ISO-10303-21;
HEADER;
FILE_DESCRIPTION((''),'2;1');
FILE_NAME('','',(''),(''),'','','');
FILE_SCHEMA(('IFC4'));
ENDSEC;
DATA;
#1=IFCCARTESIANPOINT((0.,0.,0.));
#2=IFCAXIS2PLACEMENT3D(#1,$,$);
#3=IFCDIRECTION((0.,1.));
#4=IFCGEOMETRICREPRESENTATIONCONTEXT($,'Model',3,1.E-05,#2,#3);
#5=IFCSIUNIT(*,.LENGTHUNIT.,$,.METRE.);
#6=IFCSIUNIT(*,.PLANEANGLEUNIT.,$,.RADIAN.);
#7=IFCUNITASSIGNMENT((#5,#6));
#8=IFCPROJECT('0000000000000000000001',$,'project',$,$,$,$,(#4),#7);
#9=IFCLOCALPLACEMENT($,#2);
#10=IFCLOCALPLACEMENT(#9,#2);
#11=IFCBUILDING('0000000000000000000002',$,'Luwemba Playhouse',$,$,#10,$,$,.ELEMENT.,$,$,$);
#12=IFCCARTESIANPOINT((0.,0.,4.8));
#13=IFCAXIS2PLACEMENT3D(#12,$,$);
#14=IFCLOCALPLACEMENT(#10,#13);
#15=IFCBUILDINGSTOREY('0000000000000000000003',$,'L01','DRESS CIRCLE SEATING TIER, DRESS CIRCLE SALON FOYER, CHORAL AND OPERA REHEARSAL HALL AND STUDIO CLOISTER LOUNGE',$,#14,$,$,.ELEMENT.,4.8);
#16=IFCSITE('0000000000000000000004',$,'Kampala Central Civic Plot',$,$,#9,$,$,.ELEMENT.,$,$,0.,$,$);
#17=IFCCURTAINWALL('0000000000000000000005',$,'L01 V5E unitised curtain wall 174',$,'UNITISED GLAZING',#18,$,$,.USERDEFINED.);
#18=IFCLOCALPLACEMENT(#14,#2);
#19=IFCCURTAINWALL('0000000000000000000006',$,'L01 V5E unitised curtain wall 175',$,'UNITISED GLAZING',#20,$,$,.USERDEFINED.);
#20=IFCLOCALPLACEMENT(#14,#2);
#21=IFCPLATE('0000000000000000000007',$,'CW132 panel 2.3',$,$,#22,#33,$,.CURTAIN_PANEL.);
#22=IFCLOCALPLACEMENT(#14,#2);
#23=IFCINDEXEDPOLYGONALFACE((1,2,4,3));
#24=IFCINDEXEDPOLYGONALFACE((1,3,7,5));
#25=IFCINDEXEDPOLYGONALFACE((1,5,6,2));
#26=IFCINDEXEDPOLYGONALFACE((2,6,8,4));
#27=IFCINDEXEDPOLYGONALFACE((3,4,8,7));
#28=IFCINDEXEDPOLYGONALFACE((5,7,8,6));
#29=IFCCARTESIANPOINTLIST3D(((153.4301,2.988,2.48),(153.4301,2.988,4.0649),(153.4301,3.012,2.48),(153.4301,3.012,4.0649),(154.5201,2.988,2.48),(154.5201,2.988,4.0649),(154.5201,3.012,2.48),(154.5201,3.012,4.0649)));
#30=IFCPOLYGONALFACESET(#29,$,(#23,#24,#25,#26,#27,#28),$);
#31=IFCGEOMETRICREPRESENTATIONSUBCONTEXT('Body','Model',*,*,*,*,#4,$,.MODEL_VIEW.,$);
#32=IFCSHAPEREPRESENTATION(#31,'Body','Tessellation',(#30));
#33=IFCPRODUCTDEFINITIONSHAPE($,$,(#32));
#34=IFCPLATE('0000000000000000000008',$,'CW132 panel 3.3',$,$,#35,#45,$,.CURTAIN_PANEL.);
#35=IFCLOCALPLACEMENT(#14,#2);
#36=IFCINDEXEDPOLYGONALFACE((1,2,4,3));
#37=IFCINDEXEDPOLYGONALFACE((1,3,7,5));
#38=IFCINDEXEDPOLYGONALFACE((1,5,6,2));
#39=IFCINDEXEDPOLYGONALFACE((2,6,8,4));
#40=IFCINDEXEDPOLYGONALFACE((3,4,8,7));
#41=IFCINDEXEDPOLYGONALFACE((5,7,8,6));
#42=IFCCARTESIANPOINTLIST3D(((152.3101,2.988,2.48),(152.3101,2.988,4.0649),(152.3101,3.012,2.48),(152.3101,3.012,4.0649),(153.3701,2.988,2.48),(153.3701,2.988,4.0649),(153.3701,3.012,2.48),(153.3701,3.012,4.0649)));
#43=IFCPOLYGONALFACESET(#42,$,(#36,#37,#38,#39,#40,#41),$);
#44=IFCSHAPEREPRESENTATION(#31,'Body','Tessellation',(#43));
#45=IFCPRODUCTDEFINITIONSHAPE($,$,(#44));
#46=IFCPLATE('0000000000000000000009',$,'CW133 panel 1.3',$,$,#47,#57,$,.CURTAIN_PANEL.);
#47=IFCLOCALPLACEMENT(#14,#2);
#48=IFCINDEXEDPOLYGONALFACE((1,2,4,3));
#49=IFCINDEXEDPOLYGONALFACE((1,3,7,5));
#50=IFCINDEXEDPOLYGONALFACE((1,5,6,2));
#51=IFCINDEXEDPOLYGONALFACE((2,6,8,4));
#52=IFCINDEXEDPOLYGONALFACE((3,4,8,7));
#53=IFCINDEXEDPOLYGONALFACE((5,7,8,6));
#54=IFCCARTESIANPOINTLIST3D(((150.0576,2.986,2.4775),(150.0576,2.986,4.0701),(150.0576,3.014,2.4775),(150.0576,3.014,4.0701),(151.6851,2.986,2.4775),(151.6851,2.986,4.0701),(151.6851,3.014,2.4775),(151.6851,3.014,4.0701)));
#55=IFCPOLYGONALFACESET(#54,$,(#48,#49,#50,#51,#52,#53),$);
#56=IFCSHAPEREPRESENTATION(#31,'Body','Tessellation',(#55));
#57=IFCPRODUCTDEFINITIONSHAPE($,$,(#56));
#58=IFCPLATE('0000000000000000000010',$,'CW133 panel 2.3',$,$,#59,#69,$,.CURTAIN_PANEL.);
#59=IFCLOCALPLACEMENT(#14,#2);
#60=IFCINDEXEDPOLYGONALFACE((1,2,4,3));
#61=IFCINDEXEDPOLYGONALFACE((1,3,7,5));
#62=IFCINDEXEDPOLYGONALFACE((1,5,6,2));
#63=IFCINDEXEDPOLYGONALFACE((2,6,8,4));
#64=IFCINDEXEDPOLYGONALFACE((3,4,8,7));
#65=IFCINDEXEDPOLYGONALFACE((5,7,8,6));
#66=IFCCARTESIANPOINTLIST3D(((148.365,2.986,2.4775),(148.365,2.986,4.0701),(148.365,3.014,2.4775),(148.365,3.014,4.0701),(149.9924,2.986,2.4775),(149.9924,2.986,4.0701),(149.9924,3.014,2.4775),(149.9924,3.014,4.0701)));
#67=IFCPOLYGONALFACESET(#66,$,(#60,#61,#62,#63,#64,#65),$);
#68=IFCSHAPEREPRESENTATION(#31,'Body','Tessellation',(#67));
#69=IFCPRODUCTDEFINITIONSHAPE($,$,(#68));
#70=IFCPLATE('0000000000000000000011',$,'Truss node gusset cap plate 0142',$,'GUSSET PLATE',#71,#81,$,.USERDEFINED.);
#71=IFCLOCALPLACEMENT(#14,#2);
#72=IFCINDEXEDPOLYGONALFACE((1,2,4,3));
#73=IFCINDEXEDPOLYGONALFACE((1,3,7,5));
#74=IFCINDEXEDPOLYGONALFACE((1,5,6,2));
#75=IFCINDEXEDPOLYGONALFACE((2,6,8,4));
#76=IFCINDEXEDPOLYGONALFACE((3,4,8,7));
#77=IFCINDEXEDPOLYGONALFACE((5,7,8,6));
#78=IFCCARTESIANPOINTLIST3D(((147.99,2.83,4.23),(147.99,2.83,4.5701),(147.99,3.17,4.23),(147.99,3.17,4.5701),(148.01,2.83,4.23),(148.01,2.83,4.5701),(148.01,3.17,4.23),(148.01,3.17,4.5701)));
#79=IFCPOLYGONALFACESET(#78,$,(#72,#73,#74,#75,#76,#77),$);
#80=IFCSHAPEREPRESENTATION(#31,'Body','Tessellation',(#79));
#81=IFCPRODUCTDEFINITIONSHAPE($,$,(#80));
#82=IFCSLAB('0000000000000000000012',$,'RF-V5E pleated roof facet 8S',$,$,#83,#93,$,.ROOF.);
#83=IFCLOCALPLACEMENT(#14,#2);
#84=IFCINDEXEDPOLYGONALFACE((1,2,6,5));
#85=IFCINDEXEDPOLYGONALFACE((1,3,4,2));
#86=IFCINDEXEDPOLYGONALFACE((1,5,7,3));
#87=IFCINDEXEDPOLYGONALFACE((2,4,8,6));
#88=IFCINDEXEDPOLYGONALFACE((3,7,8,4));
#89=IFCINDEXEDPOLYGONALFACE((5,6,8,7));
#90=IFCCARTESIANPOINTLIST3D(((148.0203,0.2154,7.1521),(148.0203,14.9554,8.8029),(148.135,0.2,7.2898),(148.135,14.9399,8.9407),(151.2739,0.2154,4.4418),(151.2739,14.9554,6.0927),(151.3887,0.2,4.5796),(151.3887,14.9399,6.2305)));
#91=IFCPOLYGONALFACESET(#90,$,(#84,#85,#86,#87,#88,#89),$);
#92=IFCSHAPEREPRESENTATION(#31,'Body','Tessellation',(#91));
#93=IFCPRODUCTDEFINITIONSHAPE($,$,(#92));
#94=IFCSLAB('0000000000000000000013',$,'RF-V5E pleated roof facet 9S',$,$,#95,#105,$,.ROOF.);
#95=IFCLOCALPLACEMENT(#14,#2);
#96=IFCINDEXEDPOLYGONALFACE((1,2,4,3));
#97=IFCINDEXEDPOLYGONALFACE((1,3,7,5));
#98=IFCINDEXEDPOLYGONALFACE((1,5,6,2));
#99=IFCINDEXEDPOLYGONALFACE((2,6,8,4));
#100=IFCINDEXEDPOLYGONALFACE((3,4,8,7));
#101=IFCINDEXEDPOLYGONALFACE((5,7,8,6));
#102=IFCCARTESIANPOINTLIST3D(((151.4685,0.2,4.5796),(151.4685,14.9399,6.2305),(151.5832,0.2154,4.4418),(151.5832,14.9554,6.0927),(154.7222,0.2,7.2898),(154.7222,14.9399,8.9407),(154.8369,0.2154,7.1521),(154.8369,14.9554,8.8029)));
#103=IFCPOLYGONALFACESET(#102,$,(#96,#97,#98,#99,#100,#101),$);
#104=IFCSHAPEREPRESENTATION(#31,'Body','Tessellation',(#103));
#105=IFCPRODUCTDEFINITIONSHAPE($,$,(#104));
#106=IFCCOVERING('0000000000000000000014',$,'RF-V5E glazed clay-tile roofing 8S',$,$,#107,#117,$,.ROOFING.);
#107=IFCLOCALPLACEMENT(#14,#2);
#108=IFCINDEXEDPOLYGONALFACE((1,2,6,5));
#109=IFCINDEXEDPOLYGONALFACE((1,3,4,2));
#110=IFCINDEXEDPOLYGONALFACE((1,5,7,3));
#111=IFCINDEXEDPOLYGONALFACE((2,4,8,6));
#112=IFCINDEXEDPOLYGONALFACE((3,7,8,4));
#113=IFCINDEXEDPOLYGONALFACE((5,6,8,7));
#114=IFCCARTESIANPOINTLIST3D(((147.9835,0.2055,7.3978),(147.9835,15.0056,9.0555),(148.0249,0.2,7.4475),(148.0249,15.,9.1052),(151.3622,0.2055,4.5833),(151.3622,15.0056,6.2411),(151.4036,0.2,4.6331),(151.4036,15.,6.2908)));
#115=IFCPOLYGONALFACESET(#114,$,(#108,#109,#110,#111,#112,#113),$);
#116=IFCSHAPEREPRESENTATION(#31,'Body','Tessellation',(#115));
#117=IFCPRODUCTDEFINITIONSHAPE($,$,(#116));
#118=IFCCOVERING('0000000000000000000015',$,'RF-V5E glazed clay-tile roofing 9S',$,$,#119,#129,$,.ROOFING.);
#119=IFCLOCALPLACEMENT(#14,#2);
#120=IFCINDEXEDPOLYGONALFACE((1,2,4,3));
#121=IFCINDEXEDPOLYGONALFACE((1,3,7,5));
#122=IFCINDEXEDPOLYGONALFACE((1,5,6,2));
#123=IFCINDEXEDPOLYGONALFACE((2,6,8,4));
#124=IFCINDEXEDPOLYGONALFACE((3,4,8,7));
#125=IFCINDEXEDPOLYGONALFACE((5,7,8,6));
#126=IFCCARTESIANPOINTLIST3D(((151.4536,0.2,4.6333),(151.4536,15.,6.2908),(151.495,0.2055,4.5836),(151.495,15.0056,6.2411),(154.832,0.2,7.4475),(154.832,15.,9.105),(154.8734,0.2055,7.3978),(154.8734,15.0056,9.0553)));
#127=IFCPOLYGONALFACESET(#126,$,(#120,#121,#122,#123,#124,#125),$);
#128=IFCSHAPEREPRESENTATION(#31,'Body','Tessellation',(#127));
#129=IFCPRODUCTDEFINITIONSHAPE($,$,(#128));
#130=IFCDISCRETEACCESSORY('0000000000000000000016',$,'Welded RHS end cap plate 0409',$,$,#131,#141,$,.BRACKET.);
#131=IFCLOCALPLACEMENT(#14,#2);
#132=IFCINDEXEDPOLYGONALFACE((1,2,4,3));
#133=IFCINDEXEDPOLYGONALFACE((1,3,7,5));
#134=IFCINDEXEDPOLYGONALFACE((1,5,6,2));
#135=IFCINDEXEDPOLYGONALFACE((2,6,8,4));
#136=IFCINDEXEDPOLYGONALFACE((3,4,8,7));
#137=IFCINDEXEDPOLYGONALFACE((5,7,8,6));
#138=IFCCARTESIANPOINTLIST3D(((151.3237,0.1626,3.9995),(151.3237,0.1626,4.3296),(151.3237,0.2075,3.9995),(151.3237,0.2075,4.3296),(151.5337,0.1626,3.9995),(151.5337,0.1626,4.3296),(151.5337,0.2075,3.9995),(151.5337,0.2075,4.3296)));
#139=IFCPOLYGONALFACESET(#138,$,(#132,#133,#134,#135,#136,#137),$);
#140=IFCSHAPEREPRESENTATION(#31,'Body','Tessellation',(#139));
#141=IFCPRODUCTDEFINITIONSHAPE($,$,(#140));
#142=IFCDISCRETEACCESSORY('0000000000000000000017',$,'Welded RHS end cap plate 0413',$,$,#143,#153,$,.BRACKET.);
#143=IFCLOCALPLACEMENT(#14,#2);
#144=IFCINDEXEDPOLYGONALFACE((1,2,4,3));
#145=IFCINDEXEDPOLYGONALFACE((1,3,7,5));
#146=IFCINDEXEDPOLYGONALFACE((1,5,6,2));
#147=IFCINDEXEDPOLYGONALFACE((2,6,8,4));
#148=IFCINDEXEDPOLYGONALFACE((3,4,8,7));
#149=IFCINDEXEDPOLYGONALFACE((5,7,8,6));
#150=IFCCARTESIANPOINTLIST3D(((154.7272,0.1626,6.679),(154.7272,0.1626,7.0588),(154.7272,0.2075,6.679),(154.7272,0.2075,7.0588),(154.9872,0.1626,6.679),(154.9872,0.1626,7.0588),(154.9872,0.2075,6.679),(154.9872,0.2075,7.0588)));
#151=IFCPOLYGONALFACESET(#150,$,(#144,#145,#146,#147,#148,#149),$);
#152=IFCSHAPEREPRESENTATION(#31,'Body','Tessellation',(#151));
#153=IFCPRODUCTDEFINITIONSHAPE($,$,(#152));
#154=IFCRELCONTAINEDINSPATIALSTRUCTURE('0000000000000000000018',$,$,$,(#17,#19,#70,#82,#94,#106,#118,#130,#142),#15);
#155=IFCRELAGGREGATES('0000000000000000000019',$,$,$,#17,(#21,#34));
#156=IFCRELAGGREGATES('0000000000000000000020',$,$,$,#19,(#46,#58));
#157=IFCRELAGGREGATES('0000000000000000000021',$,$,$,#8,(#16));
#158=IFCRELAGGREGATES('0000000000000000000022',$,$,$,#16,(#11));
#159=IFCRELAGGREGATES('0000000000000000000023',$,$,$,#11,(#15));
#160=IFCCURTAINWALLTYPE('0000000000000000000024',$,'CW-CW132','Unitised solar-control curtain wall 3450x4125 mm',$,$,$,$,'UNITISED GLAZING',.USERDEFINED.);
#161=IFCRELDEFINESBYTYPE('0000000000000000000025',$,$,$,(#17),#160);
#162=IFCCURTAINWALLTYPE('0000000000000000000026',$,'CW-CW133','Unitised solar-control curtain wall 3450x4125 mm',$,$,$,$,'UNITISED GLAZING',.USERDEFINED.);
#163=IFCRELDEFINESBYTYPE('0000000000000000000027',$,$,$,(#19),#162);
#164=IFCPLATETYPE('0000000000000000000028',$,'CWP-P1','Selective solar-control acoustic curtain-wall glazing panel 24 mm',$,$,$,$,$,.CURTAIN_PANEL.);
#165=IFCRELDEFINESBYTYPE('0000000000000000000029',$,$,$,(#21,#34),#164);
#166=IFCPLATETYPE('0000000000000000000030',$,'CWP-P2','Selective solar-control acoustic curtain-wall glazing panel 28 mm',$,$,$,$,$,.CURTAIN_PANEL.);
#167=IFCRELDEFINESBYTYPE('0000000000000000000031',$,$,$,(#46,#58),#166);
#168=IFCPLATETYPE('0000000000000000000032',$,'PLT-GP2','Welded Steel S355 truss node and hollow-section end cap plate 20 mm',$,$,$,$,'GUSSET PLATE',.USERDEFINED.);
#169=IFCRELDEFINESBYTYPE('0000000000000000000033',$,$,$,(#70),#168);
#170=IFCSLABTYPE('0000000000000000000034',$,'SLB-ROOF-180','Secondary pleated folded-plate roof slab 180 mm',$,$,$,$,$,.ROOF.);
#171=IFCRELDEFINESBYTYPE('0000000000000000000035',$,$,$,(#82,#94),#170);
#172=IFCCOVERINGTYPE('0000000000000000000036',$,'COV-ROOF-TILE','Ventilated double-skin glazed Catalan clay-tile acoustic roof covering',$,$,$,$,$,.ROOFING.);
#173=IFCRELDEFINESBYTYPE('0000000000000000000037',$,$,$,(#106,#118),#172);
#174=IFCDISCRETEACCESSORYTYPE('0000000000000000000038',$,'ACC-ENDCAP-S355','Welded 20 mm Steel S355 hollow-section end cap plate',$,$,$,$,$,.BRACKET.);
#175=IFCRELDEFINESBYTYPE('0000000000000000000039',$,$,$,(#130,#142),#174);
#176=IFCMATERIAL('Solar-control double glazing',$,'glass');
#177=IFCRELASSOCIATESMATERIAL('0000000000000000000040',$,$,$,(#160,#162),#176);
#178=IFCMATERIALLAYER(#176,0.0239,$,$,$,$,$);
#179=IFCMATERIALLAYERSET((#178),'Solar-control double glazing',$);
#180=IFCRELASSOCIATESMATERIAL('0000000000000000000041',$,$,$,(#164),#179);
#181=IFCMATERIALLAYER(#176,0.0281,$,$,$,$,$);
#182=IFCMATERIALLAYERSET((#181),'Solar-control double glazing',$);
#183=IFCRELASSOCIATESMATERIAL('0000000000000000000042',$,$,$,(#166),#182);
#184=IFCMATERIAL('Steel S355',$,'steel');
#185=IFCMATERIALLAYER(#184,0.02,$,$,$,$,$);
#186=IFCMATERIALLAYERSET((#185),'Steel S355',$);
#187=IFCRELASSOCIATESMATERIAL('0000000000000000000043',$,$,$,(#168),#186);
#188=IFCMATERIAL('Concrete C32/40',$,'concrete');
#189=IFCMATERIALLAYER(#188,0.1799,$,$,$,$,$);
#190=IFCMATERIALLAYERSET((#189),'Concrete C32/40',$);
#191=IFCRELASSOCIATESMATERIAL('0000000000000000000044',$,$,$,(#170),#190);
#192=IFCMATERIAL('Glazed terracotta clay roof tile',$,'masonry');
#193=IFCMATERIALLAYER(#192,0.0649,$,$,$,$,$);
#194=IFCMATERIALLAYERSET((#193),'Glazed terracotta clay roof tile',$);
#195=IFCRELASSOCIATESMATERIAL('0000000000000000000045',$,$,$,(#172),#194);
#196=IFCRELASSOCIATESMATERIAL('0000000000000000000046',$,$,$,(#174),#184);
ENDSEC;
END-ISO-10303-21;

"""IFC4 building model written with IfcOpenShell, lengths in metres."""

from ifc_helpers import new_model, si_unit, direction, frame, origin, origin_2d, place, context, subcontext, project, spatial, polyline, rectangle, outline, extrude, material, layer, layer_set, type_object, element, aggregate, save


model = new_model("IFC4")

# Units and contexts
model_context = context("Model", 3, precision=1e-05, world=origin(), true_north=direction((0.0, 1.0)))
body_context = subcontext(model_context, "Body", "Model", "MODEL_VIEW")
ifc_project = project(units=[si_unit("LENGTHUNIT", "METRE"), si_unit("PLANEANGLEUNIT", "RADIAN")], contexts=[model_context])

# Site, building, storey
site_placement = place(None, origin())
site = spatial("IfcSite", under=ifc_project, at=site_placement, Name="Kampala Central Civic Plot", CompositionType="ELEMENT", RefElevation=0.0)
building_placement = place(site_placement, origin())
building = spatial("IfcBuilding", under=site, at=building_placement, Name="Luwemba Playhouse", CompositionType="ELEMENT")
storey_placement = place(building_placement, frame((0.0, 0.0, 4.8)))
storey = spatial("IfcBuildingStorey", under=building, at=storey_placement, Name="L01", Description="DRESS CIRCLE SEATING TIER, DRESS CIRCLE SALON FOYER, CHORAL AND OPERA REHEARSAL HALL AND STUDIO CLOISTER LOUNGE", CompositionType="ELEMENT", Elevation=4.8)

# Shared definitions
ifc_material_1 = material(Name="Steel S355", Category="steel")

# Curtain walls
ifc_material_2 = material(Name="Solar-control double glazing", Category="glass")
curtain_wall_type_1 = type_object("IfcCurtainWallType", Name="CW-CW132", Description="Unitised solar-control curtain wall 3450x4125 mm", ElementType="UNITISED GLAZING", PredefinedType="USERDEFINED", material=ifc_material_2)
curtain_wall_1_placement = place(storey_placement, origin())
curtain_wall_1 = element("IfcCurtainWall", 1, at=curtain_wall_1_placement, inside=storey, type_object=curtain_wall_type_1, Name="L01 V5E unitised curtain wall 174", ObjectType="UNITISED GLAZING", PredefinedType="USERDEFINED")
curtain_wall_type_2 = type_object("IfcCurtainWallType", Name="CW-CW133", Description="Unitised solar-control curtain wall 3450x4125 mm", ElementType="UNITISED GLAZING", PredefinedType="USERDEFINED", material=ifc_material_2)
curtain_wall_2_placement = place(storey_placement, origin())
curtain_wall_2 = element("IfcCurtainWall", 2, at=curtain_wall_2_placement, inside=storey, type_object=curtain_wall_type_2, Name="L01 V5E unitised curtain wall 175", ObjectType="UNITISED GLAZING", PredefinedType="USERDEFINED")

# Plates
ifc_layer_1 = layer(ifc_material_2, 0.0239)
ifc_layer_set_1 = layer_set([ifc_layer_1], Name="Solar-control double glazing")
plate_type_1 = type_object("IfcPlateType", Name="CWP-P1", Description="Selective solar-control acoustic curtain-wall glazing panel 24 mm", PredefinedType="CURTAIN_PANEL", material=ifc_layer_set_1)
plate_1_placement = place(storey_placement, frame((153.9751, 3.0, 2.48), z_axis=(0.0, 0.0, 1.0), x_axis=(-1.0, 0.0, 0.0)))
plate_1 = element("IfcPlate", 3, at=plate_1_placement, type_object=plate_type_1, Name="CW132 panel 2.3", PredefinedType="CURTAIN_PANEL", context=body_context, shape_type="SweptSolid", body=[
    extrude(rectangle(XDim=1.0901, YDim=0.0239, at=origin_2d()), origin(), (0.0, 0.0, 1.0), 1.585),
])
plate_2_placement = place(storey_placement, frame((152.8401, 3.0, 2.48), z_axis=(0.0, 0.0, 1.0), x_axis=(-1.0, 0.0, 0.0)))
plate_2 = element("IfcPlate", 4, at=plate_2_placement, type_object=plate_type_1, Name="CW132 panel 3.3", PredefinedType="CURTAIN_PANEL", context=body_context, shape_type="SweptSolid", body=[
    extrude(rectangle(XDim=1.0601, YDim=0.0239, at=origin_2d()), origin(), (0.0, 0.0, 1.0), 1.585),
])
aggregate(curtain_wall_1, [plate_1, plate_2])
ifc_layer_2 = layer(ifc_material_2, 0.0281)
ifc_layer_set_2 = layer_set([ifc_layer_2], Name="Solar-control double glazing")
plate_type_2 = type_object("IfcPlateType", Name="CWP-P2", Description="Selective solar-control acoustic curtain-wall glazing panel 28 mm", PredefinedType="CURTAIN_PANEL", material=ifc_layer_set_2)
plate_3_placement = place(storey_placement, frame((150.8713, 3.0, 2.4775), z_axis=(0.0, 0.0, 1.0), x_axis=(-1.0, 0.0, 0.0)))
plate_3 = element("IfcPlate", 5, at=plate_3_placement, type_object=plate_type_2, Name="CW133 panel 1.3", PredefinedType="CURTAIN_PANEL", context=body_context, shape_type="SweptSolid", body=[
    extrude(rectangle(XDim=1.6274, YDim=0.0281, at=origin_2d()), origin(), (0.0, 0.0, 1.0), 1.5925),
])
plate_4_placement = place(storey_placement, frame((149.1787, 3.0, 2.4775), z_axis=(0.0, 0.0, 1.0), x_axis=(-1.0, 0.0, 0.0)))
plate_4 = element("IfcPlate", 6, at=plate_4_placement, type_object=plate_type_2, Name="CW133 panel 2.3", PredefinedType="CURTAIN_PANEL", context=body_context, shape_type="SweptSolid", body=[
    extrude(rectangle(XDim=1.6274, YDim=0.0281, at=origin_2d()), origin(), (0.0, 0.0, 1.0), 1.5925),
])
aggregate(curtain_wall_2, [plate_3, plate_4])
ifc_layer_3 = layer(ifc_material_1, 0.02)
ifc_layer_set_3 = layer_set([ifc_layer_3], Name="Steel S355")
plate_type_3 = type_object("IfcPlateType", Name="PLT-GP2", Description="Welded Steel S355 truss node and hollow-section end cap plate 20 mm", ElementType="GUSSET PLATE", PredefinedType="USERDEFINED", material=ifc_layer_set_3)
plate_5_placement = place(storey_placement, frame((148.0, 3.0, 4.23), z_axis=(0.0, 0.0, 1.0), x_axis=(1.0, 0.0, 0.0)))
element("IfcPlate", 7, at=plate_5_placement, inside=storey, type_object=plate_type_3, Name="Truss node gusset cap plate 0142", ObjectType="GUSSET PLATE", PredefinedType="USERDEFINED", context=body_context, shape_type="SweptSolid", body=[
    extrude(rectangle(XDim=0.02, YDim=0.3401, at=origin_2d()), origin(), (0.0, 0.0, 1.0), 0.3401),
])

# Slabs
ifc_material_3 = material(Name="Concrete C32/40", Category="concrete")
ifc_layer_4 = layer(ifc_material_3, 0.1799)
ifc_layer_set_4 = layer_set([ifc_layer_4], Name="Concrete C32/40")
slab_type = type_object("IfcSlabType", Name="SLB-ROOF-180", Description="Secondary pleated folded-plate roof slab 180 mm", PredefinedType="ROOF", material=ifc_layer_set_4)
slab_1_placement = place(storey_placement, frame((148.135, 0.2, 7.2898), z_axis=(0.637663, -0.085739, 0.765529), x_axis=(0.768358, 0.0, -0.64002)))
element("IfcSlab", 8, at=slab_1_placement, inside=storey, type_object=slab_type, Name="RF-V5E pleated roof facet 8S", PredefinedType="ROOF", context=body_context, shape_type="SweptSolid", body=[
    extrude(outline(polyline([(0.0, 0.0), (4.2346, 0.0), (3.178, 14.7945), (-1.0566, 14.7945), (0.0, 0.0)])), origin(), (0.0, 0.0, -1.0), 0.1799),
])
slab_2_placement = place(storey_placement, frame((151.4685, 0.2, 4.5796), z_axis=(-0.637663, -0.085739, 0.765529), x_axis=(0.768358, 0.0, 0.64002)))
element("IfcSlab", 9, at=slab_2_placement, inside=storey, type_object=slab_type, Name="RF-V5E pleated roof facet 9S", PredefinedType="ROOF", context=body_context, shape_type="SweptSolid", body=[
    extrude(outline(polyline([(0.0, 0.0), (4.2346, 0.0), (5.2912, 14.7945), (1.0566, 14.7945), (0.0, 0.0)])), origin(), (0.0, 0.0, -1.0), 0.1799),
])

# Coverings
ifc_material_4 = material(Name="Glazed terracotta clay roof tile", Category="masonry")
ifc_layer_5 = layer(ifc_material_4, 0.0649)
ifc_layer_set_5 = layer_set([ifc_layer_5], Name="Glazed terracotta clay roof tile")
covering_type = type_object("IfcCoveringType", Name="COV-ROOF-TILE", Description="Ventilated double-skin glazed Catalan clay-tile acoustic roof covering", PredefinedType="ROOFING", material=ifc_layer_set_5)
covering_1_placement = place(storey_placement, frame((148.0249, 0.2, 7.4475), z_axis=(0.63768, -0.085743, 0.765515), x_axis=(0.768344, 0.0, -0.640037)))
element("IfcCovering", 10, at=covering_1_placement, inside=storey, type_object=covering_type, Name="RF-V5E glazed clay-tile roofing 8S", PredefinedType="ROOFING", context=body_context, shape_type="SweptSolid", body=[
    extrude(outline(polyline([(0.0, 0.0), (4.3973, 0.0), (3.3363, 14.8548), (-1.061, 14.8548), (0.0, 0.0)])), origin(), (0.0, 0.0, -1.0), 0.0649),
])
covering_2_placement = place(storey_placement, frame((151.4536, 0.2, 4.6333), z_axis=(-0.637675, -0.085731, 0.76552), x_axis=(0.768349, 0.0, 0.640031)))
element("IfcCovering", 11, at=covering_2_placement, inside=storey, type_object=covering_type, Name="RF-V5E glazed clay-tile roofing 9S", PredefinedType="ROOFING", context=body_context, shape_type="SweptSolid", body=[
    extrude(outline(polyline([(0.0, 0.0), (4.397, 0.0), (5.4578, 14.8547), (1.0608, 14.8547), (0.0, 0.0)])), origin(), (0.0, 0.0, -1.0), 0.0649),
])

# Discrete accessories
discrete_accessory_type = type_object("IfcDiscreteAccessoryType", Name="ACC-ENDCAP-S355", Description="Welded 20 mm Steel S355 hollow-section end cap plate", PredefinedType="BRACKET", material=ifc_material_1)
discrete_accessory_1_placement = place(storey_placement, frame((151.4287, 0.1851, 3.9995), z_axis=(0.0, 0.0, 1.0), x_axis=(1.0, 0.0, 0.0)))
element("IfcDiscreteAccessory", 12, at=discrete_accessory_1_placement, inside=storey, type_object=discrete_accessory_type, Name="Welded RHS end cap plate 0409", PredefinedType="BRACKET", context=body_context, shape_type="SweptSolid", body=[
    extrude(rectangle(XDim=0.21, YDim=0.0449, at=origin_2d()), origin(), (0.0, 0.0, 1.0), 0.3301),
])
discrete_accessory_2_placement = place(storey_placement, frame((154.8572, 0.1851, 6.679), z_axis=(0.0, 0.0, 1.0), x_axis=(1.0, 0.0, 0.0)))
element("IfcDiscreteAccessory", 13, at=discrete_accessory_2_placement, inside=storey, type_object=discrete_accessory_type, Name="Welded RHS end cap plate 0413", PredefinedType="BRACKET", context=body_context, shape_type="SweptSolid", body=[
    extrude(rectangle(XDim=0.26, YDim=0.0449, at=origin_2d()), origin(), (0.0, 0.0, 1.0), 0.3799),
])

save(model, "model.ifc")
